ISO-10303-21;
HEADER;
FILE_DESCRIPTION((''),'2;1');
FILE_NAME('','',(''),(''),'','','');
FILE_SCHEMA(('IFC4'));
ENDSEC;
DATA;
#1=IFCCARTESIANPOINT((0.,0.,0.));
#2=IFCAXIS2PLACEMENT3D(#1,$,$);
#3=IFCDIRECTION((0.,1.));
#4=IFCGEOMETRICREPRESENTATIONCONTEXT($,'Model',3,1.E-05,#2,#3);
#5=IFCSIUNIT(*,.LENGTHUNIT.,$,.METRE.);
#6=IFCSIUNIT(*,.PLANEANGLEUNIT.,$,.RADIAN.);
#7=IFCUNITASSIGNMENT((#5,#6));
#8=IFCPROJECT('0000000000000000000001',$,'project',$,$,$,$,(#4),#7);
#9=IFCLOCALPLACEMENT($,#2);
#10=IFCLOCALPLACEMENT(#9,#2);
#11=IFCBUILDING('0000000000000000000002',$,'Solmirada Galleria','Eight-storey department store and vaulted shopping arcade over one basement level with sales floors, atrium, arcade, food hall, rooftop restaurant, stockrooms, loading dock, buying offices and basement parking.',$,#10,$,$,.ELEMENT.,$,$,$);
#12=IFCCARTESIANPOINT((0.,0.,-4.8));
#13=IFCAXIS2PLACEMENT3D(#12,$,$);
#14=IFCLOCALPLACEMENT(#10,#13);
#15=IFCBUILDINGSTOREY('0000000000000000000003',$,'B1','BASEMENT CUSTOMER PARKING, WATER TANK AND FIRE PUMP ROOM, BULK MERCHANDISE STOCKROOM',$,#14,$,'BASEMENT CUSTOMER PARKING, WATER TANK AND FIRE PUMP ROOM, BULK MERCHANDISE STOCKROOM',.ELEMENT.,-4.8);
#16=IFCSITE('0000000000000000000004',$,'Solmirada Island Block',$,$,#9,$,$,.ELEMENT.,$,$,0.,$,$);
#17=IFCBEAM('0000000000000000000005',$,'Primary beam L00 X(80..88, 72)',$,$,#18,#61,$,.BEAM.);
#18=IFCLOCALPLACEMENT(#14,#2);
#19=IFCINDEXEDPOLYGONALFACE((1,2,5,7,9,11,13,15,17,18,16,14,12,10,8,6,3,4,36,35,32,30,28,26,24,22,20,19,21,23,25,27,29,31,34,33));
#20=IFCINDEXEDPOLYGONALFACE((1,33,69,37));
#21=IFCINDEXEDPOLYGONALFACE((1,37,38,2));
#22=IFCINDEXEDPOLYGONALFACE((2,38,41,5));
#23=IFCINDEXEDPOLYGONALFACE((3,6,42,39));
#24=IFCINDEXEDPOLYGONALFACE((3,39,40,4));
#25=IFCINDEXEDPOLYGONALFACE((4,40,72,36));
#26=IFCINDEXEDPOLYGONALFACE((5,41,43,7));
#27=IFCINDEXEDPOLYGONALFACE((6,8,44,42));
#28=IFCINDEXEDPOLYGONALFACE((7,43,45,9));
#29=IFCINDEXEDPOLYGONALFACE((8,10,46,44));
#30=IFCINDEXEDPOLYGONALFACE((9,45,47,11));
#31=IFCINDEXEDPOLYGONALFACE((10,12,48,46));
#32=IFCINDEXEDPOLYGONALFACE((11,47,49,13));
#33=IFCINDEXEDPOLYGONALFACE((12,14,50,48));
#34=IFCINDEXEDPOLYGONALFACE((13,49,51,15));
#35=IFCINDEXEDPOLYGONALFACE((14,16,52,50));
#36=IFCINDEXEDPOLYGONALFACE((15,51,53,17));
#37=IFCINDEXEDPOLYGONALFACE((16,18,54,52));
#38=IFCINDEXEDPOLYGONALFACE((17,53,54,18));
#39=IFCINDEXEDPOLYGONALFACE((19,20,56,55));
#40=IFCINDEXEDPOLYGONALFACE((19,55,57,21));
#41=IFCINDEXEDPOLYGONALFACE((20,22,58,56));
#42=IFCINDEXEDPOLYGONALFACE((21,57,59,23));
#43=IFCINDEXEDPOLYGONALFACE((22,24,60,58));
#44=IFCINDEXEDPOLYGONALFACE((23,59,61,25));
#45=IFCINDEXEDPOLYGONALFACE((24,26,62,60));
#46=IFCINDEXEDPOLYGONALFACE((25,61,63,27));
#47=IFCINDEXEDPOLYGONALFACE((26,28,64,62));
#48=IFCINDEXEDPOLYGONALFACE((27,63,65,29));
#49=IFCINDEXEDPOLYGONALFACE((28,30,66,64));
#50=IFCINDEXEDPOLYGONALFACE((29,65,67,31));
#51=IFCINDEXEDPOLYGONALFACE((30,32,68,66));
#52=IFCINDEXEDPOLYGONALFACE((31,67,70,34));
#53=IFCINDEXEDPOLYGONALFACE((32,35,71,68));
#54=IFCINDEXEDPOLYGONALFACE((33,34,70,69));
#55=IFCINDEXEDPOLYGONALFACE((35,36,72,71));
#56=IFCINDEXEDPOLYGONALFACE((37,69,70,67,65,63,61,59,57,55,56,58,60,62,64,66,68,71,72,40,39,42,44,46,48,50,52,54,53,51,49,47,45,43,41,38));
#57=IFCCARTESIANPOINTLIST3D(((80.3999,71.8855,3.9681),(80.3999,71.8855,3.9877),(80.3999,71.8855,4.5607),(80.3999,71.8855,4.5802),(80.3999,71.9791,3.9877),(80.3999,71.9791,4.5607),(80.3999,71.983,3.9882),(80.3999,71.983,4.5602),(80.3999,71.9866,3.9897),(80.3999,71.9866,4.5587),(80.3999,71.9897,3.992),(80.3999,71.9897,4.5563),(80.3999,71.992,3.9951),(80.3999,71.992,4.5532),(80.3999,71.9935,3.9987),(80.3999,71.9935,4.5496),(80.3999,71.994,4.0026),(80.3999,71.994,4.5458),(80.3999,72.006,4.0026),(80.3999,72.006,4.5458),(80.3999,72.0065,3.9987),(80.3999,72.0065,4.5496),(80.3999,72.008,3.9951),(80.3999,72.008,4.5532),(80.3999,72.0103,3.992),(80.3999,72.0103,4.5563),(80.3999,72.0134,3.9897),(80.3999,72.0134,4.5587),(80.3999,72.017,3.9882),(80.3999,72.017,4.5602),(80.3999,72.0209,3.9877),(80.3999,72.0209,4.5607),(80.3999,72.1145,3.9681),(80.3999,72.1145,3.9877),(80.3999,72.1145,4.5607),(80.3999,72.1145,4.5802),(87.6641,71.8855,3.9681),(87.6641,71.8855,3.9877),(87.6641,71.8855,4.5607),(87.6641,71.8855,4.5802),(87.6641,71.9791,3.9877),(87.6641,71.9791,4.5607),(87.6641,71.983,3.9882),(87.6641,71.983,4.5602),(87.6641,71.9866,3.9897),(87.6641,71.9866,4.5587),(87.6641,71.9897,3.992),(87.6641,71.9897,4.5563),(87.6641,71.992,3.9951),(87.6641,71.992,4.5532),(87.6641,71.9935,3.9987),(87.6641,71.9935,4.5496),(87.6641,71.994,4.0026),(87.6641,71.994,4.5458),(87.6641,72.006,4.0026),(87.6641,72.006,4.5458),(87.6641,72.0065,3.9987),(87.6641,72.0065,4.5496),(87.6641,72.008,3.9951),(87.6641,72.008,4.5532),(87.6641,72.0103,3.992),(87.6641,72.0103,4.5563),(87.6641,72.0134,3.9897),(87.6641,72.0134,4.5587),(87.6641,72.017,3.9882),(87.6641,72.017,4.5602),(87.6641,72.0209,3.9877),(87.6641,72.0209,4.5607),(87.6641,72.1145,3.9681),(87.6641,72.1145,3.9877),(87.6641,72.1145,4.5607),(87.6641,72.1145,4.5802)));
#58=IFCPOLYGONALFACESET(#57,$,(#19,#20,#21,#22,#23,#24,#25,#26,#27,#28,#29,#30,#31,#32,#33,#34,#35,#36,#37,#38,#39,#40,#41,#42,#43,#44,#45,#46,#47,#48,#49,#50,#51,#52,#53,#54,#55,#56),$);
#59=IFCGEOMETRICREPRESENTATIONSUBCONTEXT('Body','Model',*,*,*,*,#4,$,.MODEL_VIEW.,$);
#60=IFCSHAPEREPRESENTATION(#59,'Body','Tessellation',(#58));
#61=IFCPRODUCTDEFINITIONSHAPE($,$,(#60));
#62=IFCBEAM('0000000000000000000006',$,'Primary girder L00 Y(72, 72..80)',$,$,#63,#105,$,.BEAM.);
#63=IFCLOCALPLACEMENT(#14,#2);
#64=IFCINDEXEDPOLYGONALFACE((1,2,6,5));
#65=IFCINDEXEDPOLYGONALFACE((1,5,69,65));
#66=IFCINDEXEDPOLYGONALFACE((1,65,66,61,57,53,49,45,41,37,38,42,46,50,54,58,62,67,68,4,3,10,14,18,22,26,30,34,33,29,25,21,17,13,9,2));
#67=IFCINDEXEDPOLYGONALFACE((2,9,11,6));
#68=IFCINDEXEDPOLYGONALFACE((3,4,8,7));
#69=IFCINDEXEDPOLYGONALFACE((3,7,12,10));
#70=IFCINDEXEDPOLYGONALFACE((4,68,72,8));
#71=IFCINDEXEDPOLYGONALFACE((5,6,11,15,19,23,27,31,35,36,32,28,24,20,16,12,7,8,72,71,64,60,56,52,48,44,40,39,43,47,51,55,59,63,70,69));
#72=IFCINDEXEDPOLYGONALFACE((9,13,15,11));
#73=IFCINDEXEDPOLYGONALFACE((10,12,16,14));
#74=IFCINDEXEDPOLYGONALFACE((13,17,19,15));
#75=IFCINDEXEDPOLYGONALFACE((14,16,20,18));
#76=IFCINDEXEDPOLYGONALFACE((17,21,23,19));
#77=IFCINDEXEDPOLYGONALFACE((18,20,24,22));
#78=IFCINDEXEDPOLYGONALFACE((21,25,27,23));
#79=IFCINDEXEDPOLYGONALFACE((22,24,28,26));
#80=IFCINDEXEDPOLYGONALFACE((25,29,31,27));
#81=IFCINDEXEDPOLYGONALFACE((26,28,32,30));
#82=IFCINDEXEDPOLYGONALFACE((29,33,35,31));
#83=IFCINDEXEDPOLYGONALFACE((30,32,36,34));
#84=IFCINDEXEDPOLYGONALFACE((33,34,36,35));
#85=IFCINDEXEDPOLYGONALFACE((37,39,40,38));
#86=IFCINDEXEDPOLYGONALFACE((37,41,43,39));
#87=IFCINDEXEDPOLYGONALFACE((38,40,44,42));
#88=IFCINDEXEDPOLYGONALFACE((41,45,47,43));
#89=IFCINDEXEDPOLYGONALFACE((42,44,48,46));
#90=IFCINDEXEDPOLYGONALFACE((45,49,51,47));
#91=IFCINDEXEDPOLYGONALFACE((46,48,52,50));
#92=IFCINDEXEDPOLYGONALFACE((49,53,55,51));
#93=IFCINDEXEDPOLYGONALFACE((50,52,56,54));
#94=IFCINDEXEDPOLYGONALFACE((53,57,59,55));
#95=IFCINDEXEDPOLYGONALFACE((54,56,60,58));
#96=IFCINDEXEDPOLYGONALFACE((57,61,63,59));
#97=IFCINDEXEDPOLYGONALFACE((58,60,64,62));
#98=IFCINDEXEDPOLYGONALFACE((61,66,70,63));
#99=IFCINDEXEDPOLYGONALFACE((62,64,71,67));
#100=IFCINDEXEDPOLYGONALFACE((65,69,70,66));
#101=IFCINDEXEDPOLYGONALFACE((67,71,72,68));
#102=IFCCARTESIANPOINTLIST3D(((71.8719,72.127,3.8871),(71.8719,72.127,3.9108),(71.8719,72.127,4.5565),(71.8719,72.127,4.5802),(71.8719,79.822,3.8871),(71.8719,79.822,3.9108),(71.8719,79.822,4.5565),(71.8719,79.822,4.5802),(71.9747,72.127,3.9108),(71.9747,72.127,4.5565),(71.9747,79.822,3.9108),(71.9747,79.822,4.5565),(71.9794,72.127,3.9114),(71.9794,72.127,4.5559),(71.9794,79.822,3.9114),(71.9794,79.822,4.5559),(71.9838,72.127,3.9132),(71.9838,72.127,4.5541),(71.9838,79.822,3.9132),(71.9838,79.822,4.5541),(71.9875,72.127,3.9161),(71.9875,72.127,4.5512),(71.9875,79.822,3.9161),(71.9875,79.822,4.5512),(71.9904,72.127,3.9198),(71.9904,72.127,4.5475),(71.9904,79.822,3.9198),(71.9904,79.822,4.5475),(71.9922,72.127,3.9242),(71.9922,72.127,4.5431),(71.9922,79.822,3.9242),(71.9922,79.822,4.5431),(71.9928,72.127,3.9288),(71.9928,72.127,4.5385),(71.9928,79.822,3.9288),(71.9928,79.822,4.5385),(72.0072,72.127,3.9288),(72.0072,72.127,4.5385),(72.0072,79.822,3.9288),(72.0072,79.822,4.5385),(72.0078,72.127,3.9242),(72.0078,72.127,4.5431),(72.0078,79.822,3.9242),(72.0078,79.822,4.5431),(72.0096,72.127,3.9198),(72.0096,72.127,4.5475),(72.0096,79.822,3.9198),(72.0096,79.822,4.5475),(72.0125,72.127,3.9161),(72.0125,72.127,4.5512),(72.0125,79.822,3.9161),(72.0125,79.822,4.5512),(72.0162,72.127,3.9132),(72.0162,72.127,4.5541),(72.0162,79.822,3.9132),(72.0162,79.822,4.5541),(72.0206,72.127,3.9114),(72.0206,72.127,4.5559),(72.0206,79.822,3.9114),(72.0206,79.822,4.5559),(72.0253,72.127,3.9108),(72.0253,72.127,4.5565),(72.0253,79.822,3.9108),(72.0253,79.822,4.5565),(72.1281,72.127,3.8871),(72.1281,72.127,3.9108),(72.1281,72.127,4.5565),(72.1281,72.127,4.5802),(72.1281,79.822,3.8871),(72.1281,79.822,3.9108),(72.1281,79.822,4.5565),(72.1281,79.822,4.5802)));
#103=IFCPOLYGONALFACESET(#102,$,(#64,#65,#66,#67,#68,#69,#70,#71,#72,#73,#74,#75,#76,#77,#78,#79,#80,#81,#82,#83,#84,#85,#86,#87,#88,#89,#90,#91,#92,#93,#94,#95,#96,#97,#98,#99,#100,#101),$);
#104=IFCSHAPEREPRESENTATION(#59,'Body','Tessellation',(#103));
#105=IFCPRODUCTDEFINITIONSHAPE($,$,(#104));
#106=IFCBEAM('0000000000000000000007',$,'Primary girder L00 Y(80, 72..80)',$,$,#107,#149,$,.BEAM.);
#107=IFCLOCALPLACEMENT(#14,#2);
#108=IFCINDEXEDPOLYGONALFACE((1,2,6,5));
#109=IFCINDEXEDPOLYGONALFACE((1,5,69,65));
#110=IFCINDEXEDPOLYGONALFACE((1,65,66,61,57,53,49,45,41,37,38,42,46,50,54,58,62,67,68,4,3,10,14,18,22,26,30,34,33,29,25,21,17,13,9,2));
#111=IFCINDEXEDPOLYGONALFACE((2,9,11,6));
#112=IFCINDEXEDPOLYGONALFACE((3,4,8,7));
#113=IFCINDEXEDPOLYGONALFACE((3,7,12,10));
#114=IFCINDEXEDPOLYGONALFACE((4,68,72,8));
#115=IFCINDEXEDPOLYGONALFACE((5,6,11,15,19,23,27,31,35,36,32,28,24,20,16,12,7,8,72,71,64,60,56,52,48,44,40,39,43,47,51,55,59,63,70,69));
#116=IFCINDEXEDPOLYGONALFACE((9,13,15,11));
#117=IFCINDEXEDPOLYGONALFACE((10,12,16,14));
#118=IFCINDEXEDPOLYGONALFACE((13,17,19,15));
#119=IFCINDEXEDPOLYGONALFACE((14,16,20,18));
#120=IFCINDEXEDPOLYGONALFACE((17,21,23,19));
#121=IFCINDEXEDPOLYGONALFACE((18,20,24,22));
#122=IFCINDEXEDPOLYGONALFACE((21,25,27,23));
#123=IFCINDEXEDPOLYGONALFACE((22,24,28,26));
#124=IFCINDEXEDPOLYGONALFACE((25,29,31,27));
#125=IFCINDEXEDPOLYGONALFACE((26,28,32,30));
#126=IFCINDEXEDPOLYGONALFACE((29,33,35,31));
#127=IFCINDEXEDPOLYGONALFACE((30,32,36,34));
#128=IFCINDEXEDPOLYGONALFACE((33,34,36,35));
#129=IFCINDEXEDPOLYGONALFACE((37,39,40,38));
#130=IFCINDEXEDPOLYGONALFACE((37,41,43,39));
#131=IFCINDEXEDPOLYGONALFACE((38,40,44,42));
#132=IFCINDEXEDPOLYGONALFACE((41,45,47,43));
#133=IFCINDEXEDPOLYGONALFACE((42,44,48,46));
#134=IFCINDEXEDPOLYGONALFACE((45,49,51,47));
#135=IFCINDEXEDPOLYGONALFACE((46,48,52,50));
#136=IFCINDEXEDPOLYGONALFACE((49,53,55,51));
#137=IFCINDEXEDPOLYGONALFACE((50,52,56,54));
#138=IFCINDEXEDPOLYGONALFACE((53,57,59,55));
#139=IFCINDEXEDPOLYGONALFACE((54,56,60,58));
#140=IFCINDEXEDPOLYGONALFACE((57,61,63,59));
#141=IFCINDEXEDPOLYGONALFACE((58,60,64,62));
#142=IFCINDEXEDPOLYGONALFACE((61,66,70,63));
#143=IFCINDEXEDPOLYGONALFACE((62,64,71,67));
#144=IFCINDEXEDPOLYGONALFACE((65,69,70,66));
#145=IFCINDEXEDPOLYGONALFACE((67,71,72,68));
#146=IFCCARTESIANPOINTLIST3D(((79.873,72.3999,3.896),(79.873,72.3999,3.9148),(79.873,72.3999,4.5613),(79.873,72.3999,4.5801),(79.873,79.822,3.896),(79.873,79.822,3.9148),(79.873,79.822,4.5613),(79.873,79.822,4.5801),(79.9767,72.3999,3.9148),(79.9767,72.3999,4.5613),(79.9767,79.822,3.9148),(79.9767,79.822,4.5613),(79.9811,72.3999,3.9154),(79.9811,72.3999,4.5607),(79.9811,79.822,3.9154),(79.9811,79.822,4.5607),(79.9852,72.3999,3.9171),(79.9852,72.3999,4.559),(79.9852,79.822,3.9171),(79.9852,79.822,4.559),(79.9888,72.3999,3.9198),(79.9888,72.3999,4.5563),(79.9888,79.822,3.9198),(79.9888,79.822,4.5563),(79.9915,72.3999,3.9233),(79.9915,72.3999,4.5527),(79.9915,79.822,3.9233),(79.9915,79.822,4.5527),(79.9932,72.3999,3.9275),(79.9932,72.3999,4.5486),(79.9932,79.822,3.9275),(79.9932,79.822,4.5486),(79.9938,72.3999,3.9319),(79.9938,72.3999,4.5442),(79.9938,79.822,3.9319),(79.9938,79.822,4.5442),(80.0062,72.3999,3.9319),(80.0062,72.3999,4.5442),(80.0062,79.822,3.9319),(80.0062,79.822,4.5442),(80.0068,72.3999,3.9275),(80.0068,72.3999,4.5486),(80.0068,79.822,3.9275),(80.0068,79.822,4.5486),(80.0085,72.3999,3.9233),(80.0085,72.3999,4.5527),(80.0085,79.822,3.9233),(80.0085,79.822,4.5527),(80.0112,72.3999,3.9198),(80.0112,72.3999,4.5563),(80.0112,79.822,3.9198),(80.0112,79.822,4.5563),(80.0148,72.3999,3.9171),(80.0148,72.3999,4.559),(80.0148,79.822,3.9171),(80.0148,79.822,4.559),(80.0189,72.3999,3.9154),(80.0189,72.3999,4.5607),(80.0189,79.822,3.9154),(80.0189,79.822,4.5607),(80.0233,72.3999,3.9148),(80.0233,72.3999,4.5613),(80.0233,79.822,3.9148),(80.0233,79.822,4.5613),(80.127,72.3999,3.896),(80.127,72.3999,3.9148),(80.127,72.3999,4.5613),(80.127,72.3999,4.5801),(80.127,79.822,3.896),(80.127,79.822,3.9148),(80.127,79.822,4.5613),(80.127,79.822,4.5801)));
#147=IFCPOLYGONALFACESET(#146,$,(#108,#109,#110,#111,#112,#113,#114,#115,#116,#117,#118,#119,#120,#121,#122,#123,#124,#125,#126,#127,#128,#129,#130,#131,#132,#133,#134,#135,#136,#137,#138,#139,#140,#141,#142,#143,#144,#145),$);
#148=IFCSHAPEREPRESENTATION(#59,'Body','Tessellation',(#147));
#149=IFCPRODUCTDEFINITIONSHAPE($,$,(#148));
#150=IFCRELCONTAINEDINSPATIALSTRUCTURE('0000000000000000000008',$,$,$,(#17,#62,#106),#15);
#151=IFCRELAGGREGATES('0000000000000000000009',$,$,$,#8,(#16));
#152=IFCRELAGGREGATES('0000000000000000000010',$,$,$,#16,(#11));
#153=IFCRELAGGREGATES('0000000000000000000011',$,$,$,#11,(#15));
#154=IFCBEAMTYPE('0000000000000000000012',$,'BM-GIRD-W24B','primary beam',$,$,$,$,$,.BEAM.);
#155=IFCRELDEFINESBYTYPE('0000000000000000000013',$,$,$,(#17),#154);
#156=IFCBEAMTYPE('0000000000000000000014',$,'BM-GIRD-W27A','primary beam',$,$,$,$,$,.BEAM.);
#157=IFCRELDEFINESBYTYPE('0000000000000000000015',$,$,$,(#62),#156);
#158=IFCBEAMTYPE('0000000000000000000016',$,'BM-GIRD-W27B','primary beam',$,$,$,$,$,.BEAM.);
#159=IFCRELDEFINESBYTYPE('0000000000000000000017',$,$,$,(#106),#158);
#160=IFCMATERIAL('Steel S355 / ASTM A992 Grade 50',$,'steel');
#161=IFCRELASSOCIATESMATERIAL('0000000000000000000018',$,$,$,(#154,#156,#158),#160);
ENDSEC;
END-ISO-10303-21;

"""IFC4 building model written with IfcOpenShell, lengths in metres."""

from ifc_helpers import new_model, si_unit, direction, frame, origin, origin_2d, place, context, subcontext, project, spatial, i_section, extrude, material, material_profile, profile_set, type_object, element, save


model = new_model("IFC4")

# Units and contexts
model_context = context("Model", 3, precision=1e-05, world=origin(), true_north=direction((0.0, 1.0)))
body_context = subcontext(model_context, "Body", "Model", "MODEL_VIEW")
ifc_project = project(units=[si_unit("LENGTHUNIT", "METRE"), si_unit("PLANEANGLEUNIT", "RADIAN")], contexts=[model_context])

# Site, building, storey
site_placement = place(None, origin())
site = spatial("IfcSite", under=ifc_project, at=site_placement, Name="Solmirada Island Block", CompositionType="ELEMENT", RefElevation=0.0)
building_placement = place(site_placement, origin())
building = spatial("IfcBuilding", under=site, at=building_placement, Name="Solmirada Galleria", Description="Eight-storey department store and vaulted shopping arcade over one basement level with sales floors, atrium, arcade, food hall, rooftop restaurant, stockrooms, loading dock, buying offices and basement parking.", CompositionType="ELEMENT")
storey_placement = place(building_placement, frame((0.0, 0.0, -4.8)))
storey = spatial("IfcBuildingStorey", under=building, at=storey_placement, Name="B1", Description="BASEMENT CUSTOMER PARKING, WATER TANK AND FIRE PUMP ROOM, BULK MERCHANDISE STOCKROOM", LongName="BASEMENT CUSTOMER PARKING, WATER TANK AND FIRE PUMP ROOM, BULK MERCHANDISE STOCKROOM", CompositionType="ELEMENT", Elevation=-4.8)

# Beams
ifc_material_1 = material(Name="Steel S355 / ASTM A992 Grade 50", Category="steel")
ifc_material_profile_1 = material_profile(ifc_material_1, i_section(OverallWidth=0.229, OverallDepth=0.6121, WebThickness=0.012, FlangeThickness=0.0195, FilletRadius=0.0149, at=origin_2d()), Name="W24X84")
ifc_profile_set_1 = profile_set([ifc_material_profile_1], Name="Steel S355 / ASTM A992 Grade 50")
beam_type_1 = type_object("IfcBeamType", Name="BM-GIRD-W24B", Description="primary beam", PredefinedType="BEAM", material=ifc_profile_set_1)
beam_1_placement = place(storey_placement, frame((80.3999, 72.0, 4.2742), z_axis=(1.0, 0.0, 0.0), x_axis=(0.0, 1.0, 0.0)))
element("IfcBeam", 1, at=beam_1_placement, inside=storey, type_object=beam_type_1, Name="Primary beam L00 X(80..88, 72)", PredefinedType="BEAM", context=body_context, shape_type="SweptSolid", body=[
    extrude(i_section(OverallWidth=0.229, OverallDepth=0.6121, WebThickness=0.012, FlangeThickness=0.0195, FilletRadius=0.0149, at=origin_2d()), origin(), (0.0, 0.0, 1.0), 7.2642),
])
ifc_material_profile_2 = material_profile(ifc_material_1, i_section(OverallWidth=0.2561, OverallDepth=0.6931, WebThickness=0.0144, FlangeThickness=0.0237, FilletRadius=0.0181, at=origin_2d()), Name="W27X114")
ifc_profile_set_2 = profile_set([ifc_material_profile_2], Name="Steel S355 / ASTM A992 Grade 50")
beam_type_2 = type_object("IfcBeamType", Name="BM-GIRD-W27A", Description="primary beam", PredefinedType="BEAM", material=ifc_profile_set_2)
beam_2_placement = place(storey_placement, frame((72.0, 72.127, 4.2336), z_axis=(0.0, 1.0, 0.0), x_axis=(-1.0, 0.0, 0.0)))
element("IfcBeam", 2, at=beam_2_placement, inside=storey, type_object=beam_type_2, Name="Primary girder L00 Y(72, 72..80)", PredefinedType="BEAM", context=body_context, shape_type="SweptSolid", body=[
    extrude(i_section(OverallWidth=0.2561, OverallDepth=0.6931, WebThickness=0.0144, FlangeThickness=0.0237, FilletRadius=0.0181, at=origin_2d()), origin(), (0.0, 0.0, 1.0), 7.6951),
])
ifc_material_profile_3 = material_profile(ifc_material_1, i_section(OverallWidth=0.2539, OverallDepth=0.6841, WebThickness=0.0125, FlangeThickness=0.0188, FilletRadius=0.0171, at=origin_2d()), Name="W27X94")
ifc_profile_set_3 = profile_set([ifc_material_profile_3], Name="Steel S355 / ASTM A992 Grade 50")
beam_type_3 = type_object("IfcBeamType", Name="BM-GIRD-W27B", Description="primary beam", PredefinedType="BEAM", material=ifc_profile_set_3)
beam_3_placement = place(storey_placement, frame((80.0, 72.3999, 4.238), z_axis=(0.0, 1.0, 0.0), x_axis=(-1.0, 0.0, 0.0)))
element("IfcBeam", 3, at=beam_3_placement, inside=storey, type_object=beam_type_3, Name="Primary girder L00 Y(80, 72..80)", PredefinedType="BEAM", context=body_context, shape_type="SweptSolid", body=[
    extrude(i_section(OverallWidth=0.2539, OverallDepth=0.6841, WebThickness=0.0125, FlangeThickness=0.0188, FilletRadius=0.0171, at=origin_2d()), origin(), (0.0, 0.0, 1.0), 7.4221),
])

save(model, "model.ifc")
